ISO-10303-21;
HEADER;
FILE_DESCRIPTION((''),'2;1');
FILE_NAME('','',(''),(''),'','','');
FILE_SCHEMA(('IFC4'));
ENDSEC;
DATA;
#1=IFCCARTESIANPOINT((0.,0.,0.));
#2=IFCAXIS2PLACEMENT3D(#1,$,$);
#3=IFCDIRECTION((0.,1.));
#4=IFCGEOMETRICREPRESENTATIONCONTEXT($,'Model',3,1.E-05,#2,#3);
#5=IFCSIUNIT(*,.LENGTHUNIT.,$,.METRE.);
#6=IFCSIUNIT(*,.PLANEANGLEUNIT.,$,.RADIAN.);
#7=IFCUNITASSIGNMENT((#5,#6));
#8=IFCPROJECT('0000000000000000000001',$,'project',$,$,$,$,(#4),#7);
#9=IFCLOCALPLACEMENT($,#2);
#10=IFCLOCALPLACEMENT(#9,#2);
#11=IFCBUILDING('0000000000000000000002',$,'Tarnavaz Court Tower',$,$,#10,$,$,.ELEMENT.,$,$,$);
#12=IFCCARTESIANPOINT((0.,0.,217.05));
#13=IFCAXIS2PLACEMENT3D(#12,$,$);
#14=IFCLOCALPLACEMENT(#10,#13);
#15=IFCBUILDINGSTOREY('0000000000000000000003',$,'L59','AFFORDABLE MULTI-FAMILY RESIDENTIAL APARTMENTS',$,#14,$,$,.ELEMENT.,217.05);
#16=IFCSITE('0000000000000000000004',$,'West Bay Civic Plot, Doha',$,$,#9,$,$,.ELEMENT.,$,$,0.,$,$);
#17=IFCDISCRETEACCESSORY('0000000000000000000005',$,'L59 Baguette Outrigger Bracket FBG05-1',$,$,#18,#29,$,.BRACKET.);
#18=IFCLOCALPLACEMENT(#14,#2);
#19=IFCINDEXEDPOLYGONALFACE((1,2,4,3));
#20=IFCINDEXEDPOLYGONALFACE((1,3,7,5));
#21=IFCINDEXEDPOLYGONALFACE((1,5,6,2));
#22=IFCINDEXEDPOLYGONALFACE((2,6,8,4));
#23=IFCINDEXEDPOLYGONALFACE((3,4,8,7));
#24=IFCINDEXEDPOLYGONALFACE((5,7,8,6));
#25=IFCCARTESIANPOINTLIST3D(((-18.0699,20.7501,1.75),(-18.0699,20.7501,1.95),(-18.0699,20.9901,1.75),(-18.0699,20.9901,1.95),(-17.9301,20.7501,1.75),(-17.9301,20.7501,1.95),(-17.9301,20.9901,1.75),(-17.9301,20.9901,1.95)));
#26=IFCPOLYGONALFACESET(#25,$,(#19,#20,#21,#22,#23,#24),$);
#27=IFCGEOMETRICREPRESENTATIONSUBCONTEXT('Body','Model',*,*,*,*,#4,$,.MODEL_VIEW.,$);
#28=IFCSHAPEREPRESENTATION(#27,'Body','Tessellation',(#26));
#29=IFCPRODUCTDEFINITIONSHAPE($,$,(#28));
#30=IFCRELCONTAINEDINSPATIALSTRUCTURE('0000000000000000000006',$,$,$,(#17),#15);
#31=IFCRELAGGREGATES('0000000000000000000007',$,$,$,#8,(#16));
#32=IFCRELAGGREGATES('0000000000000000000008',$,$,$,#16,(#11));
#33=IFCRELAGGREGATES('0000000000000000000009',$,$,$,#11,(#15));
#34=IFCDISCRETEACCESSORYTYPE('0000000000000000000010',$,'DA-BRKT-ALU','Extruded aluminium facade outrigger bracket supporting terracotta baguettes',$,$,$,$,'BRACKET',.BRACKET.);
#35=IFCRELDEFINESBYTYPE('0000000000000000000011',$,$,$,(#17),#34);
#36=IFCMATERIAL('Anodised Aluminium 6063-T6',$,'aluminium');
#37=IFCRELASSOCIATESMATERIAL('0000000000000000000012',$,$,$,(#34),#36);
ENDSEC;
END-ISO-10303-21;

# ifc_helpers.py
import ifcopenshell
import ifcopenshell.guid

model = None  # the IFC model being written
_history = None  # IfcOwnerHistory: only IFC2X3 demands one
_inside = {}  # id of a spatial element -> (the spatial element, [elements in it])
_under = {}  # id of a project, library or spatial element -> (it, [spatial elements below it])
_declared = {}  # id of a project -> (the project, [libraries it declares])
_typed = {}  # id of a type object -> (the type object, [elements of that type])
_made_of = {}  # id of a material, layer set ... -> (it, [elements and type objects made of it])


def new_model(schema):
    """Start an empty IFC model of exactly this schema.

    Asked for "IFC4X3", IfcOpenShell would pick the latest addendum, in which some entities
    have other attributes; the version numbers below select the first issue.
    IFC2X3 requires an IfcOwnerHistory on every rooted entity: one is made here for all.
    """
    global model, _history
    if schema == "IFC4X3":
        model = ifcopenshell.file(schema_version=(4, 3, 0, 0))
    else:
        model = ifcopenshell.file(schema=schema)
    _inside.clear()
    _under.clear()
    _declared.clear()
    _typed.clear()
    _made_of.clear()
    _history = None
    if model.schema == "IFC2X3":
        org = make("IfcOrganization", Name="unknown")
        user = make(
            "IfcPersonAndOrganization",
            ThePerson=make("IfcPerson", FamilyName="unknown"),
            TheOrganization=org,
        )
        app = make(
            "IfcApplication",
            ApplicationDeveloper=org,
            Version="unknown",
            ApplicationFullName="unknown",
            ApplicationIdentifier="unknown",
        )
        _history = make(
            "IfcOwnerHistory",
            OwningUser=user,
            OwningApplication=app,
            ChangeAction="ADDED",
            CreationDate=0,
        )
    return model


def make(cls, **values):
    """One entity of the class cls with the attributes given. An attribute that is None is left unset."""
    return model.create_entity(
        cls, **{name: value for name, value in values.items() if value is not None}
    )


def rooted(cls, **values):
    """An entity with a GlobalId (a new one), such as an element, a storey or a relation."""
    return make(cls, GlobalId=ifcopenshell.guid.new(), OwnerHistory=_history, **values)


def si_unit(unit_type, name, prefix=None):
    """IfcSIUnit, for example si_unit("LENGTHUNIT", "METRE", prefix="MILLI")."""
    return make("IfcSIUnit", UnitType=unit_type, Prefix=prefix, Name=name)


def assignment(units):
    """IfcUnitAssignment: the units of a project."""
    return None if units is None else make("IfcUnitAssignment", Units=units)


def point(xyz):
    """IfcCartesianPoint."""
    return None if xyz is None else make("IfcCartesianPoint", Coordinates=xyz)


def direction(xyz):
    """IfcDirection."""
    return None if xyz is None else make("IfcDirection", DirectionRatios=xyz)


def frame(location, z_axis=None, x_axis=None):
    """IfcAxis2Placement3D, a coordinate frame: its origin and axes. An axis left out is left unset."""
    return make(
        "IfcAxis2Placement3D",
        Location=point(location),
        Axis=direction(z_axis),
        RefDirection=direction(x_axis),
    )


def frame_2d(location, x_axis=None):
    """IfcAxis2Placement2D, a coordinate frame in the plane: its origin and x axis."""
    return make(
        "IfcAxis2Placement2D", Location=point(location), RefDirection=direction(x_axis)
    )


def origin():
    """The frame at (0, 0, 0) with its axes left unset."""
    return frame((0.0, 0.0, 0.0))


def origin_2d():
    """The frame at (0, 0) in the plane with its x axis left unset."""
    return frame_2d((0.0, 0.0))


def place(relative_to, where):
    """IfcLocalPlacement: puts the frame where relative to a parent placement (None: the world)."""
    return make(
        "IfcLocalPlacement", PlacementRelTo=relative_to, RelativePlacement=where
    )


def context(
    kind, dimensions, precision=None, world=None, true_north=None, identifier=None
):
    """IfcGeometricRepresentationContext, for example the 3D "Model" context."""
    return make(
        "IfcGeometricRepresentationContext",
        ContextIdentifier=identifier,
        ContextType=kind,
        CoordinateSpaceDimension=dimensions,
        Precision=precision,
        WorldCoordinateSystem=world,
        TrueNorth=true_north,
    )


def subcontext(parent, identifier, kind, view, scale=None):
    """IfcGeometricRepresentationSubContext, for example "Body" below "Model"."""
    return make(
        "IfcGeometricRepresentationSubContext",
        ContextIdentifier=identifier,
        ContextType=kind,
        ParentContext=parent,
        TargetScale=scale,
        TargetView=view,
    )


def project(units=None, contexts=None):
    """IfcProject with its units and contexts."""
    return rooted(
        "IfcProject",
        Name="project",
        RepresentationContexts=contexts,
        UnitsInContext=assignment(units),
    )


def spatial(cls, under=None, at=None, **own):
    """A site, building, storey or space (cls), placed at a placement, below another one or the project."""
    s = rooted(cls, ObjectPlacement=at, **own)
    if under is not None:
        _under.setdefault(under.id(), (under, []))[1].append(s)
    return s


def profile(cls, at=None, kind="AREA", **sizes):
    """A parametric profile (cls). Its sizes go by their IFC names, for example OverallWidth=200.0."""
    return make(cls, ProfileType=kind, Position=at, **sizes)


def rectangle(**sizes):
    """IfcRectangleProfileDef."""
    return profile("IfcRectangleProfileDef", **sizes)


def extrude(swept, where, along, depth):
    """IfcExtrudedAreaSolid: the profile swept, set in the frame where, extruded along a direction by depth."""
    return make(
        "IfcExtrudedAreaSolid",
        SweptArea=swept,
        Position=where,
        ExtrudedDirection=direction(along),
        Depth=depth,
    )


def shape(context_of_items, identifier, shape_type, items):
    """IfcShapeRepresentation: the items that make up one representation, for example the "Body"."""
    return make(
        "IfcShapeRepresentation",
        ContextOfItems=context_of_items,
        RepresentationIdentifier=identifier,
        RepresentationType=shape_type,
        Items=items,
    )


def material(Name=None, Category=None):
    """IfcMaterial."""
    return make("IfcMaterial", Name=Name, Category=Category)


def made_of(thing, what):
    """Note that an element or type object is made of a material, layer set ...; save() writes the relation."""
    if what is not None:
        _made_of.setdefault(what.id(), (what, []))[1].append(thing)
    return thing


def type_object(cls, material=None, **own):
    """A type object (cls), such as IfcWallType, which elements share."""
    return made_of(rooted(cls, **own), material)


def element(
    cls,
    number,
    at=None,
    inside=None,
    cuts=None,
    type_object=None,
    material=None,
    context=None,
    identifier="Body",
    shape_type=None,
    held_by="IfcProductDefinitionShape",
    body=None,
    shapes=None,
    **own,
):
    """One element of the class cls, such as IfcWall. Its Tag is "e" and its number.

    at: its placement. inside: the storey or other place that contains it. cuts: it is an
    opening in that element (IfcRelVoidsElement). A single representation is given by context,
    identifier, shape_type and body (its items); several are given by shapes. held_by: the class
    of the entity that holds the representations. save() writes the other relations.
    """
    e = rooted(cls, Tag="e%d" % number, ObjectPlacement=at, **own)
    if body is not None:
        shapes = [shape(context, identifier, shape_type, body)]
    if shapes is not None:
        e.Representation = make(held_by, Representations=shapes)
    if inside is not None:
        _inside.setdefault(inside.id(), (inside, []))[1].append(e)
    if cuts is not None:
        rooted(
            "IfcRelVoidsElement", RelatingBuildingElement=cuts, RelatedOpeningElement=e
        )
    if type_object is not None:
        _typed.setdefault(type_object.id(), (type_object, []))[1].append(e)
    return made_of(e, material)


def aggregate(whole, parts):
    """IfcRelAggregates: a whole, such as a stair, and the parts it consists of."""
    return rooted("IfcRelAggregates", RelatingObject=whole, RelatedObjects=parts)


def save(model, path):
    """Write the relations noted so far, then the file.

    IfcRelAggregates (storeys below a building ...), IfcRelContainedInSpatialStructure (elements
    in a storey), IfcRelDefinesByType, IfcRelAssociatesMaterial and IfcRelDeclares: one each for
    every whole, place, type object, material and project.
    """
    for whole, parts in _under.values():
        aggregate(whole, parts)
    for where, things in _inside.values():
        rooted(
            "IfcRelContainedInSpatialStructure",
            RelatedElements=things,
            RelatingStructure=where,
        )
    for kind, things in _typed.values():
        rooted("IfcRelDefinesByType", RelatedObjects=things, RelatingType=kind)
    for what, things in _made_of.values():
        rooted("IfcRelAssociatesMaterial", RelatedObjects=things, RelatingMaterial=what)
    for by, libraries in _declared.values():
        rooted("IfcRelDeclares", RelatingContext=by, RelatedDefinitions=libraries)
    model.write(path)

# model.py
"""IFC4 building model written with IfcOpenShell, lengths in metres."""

from ifc_helpers import new_model, si_unit, direction, frame, origin, origin_2d, place, context, subcontext, project, spatial, rectangle, extrude, material, type_object, element, save


model = new_model("IFC4")

# Units and contexts
model_context = context("Model", 3, precision=1e-05, world=origin(), true_north=direction((0.0, 1.0)))
body_context = subcontext(model_context, "Body", "Model", "MODEL_VIEW")
ifc_project = project(units=[si_unit("LENGTHUNIT", "METRE"), si_unit("PLANEANGLEUNIT", "RADIAN")], contexts=[model_context])

# Site, building, storey
site_placement = place(None, origin())
site = spatial("IfcSite", under=ifc_project, at=site_placement, Name="West Bay Civic Plot, Doha", CompositionType="ELEMENT", RefElevation=0.0)
building_placement = place(site_placement, origin())
building = spatial("IfcBuilding", under=site, at=building_placement, Name="Tarnavaz Court Tower", CompositionType="ELEMENT")
storey_placement = place(building_placement, frame((0.0, 0.0, 217.05)))
storey = spatial("IfcBuildingStorey", under=building, at=storey_placement, Name="L59", Description="AFFORDABLE MULTI-FAMILY RESIDENTIAL APARTMENTS", CompositionType="ELEMENT", Elevation=217.05)

# Discrete accessory
ifc_material_1 = material(Name="Anodised Aluminium 6063-T6", Category="aluminium")
discrete_accessory_type = type_object("IfcDiscreteAccessoryType", Name="DA-BRKT-ALU", Description="Extruded aluminium facade outrigger bracket supporting terracotta baguettes", ElementType="BRACKET", PredefinedType="BRACKET", material=ifc_material_1)
for number, where, z_axis, x_axis, name in (
    (1, (-18.0, 20.8701, 1.75), (0.0, 0.0, 1.0), (1.0, 0.0, 0.0), "L59 Baguette Outrigger Bracket FBG05-1"),
):
    element("IfcDiscreteAccessory", number, at=place(storey_placement, frame(where, z_axis=z_axis, x_axis=x_axis)), inside=storey, type_object=discrete_accessory_type, Name=name, PredefinedType="BRACKET", context=body_context, shape_type="SweptSolid", body=[
        extrude(rectangle(XDim=0.1399, YDim=0.24, at=origin_2d()), origin(), (0.0, 0.0, 1.0), 0.2),
    ])

save(model, "model.ifc")
